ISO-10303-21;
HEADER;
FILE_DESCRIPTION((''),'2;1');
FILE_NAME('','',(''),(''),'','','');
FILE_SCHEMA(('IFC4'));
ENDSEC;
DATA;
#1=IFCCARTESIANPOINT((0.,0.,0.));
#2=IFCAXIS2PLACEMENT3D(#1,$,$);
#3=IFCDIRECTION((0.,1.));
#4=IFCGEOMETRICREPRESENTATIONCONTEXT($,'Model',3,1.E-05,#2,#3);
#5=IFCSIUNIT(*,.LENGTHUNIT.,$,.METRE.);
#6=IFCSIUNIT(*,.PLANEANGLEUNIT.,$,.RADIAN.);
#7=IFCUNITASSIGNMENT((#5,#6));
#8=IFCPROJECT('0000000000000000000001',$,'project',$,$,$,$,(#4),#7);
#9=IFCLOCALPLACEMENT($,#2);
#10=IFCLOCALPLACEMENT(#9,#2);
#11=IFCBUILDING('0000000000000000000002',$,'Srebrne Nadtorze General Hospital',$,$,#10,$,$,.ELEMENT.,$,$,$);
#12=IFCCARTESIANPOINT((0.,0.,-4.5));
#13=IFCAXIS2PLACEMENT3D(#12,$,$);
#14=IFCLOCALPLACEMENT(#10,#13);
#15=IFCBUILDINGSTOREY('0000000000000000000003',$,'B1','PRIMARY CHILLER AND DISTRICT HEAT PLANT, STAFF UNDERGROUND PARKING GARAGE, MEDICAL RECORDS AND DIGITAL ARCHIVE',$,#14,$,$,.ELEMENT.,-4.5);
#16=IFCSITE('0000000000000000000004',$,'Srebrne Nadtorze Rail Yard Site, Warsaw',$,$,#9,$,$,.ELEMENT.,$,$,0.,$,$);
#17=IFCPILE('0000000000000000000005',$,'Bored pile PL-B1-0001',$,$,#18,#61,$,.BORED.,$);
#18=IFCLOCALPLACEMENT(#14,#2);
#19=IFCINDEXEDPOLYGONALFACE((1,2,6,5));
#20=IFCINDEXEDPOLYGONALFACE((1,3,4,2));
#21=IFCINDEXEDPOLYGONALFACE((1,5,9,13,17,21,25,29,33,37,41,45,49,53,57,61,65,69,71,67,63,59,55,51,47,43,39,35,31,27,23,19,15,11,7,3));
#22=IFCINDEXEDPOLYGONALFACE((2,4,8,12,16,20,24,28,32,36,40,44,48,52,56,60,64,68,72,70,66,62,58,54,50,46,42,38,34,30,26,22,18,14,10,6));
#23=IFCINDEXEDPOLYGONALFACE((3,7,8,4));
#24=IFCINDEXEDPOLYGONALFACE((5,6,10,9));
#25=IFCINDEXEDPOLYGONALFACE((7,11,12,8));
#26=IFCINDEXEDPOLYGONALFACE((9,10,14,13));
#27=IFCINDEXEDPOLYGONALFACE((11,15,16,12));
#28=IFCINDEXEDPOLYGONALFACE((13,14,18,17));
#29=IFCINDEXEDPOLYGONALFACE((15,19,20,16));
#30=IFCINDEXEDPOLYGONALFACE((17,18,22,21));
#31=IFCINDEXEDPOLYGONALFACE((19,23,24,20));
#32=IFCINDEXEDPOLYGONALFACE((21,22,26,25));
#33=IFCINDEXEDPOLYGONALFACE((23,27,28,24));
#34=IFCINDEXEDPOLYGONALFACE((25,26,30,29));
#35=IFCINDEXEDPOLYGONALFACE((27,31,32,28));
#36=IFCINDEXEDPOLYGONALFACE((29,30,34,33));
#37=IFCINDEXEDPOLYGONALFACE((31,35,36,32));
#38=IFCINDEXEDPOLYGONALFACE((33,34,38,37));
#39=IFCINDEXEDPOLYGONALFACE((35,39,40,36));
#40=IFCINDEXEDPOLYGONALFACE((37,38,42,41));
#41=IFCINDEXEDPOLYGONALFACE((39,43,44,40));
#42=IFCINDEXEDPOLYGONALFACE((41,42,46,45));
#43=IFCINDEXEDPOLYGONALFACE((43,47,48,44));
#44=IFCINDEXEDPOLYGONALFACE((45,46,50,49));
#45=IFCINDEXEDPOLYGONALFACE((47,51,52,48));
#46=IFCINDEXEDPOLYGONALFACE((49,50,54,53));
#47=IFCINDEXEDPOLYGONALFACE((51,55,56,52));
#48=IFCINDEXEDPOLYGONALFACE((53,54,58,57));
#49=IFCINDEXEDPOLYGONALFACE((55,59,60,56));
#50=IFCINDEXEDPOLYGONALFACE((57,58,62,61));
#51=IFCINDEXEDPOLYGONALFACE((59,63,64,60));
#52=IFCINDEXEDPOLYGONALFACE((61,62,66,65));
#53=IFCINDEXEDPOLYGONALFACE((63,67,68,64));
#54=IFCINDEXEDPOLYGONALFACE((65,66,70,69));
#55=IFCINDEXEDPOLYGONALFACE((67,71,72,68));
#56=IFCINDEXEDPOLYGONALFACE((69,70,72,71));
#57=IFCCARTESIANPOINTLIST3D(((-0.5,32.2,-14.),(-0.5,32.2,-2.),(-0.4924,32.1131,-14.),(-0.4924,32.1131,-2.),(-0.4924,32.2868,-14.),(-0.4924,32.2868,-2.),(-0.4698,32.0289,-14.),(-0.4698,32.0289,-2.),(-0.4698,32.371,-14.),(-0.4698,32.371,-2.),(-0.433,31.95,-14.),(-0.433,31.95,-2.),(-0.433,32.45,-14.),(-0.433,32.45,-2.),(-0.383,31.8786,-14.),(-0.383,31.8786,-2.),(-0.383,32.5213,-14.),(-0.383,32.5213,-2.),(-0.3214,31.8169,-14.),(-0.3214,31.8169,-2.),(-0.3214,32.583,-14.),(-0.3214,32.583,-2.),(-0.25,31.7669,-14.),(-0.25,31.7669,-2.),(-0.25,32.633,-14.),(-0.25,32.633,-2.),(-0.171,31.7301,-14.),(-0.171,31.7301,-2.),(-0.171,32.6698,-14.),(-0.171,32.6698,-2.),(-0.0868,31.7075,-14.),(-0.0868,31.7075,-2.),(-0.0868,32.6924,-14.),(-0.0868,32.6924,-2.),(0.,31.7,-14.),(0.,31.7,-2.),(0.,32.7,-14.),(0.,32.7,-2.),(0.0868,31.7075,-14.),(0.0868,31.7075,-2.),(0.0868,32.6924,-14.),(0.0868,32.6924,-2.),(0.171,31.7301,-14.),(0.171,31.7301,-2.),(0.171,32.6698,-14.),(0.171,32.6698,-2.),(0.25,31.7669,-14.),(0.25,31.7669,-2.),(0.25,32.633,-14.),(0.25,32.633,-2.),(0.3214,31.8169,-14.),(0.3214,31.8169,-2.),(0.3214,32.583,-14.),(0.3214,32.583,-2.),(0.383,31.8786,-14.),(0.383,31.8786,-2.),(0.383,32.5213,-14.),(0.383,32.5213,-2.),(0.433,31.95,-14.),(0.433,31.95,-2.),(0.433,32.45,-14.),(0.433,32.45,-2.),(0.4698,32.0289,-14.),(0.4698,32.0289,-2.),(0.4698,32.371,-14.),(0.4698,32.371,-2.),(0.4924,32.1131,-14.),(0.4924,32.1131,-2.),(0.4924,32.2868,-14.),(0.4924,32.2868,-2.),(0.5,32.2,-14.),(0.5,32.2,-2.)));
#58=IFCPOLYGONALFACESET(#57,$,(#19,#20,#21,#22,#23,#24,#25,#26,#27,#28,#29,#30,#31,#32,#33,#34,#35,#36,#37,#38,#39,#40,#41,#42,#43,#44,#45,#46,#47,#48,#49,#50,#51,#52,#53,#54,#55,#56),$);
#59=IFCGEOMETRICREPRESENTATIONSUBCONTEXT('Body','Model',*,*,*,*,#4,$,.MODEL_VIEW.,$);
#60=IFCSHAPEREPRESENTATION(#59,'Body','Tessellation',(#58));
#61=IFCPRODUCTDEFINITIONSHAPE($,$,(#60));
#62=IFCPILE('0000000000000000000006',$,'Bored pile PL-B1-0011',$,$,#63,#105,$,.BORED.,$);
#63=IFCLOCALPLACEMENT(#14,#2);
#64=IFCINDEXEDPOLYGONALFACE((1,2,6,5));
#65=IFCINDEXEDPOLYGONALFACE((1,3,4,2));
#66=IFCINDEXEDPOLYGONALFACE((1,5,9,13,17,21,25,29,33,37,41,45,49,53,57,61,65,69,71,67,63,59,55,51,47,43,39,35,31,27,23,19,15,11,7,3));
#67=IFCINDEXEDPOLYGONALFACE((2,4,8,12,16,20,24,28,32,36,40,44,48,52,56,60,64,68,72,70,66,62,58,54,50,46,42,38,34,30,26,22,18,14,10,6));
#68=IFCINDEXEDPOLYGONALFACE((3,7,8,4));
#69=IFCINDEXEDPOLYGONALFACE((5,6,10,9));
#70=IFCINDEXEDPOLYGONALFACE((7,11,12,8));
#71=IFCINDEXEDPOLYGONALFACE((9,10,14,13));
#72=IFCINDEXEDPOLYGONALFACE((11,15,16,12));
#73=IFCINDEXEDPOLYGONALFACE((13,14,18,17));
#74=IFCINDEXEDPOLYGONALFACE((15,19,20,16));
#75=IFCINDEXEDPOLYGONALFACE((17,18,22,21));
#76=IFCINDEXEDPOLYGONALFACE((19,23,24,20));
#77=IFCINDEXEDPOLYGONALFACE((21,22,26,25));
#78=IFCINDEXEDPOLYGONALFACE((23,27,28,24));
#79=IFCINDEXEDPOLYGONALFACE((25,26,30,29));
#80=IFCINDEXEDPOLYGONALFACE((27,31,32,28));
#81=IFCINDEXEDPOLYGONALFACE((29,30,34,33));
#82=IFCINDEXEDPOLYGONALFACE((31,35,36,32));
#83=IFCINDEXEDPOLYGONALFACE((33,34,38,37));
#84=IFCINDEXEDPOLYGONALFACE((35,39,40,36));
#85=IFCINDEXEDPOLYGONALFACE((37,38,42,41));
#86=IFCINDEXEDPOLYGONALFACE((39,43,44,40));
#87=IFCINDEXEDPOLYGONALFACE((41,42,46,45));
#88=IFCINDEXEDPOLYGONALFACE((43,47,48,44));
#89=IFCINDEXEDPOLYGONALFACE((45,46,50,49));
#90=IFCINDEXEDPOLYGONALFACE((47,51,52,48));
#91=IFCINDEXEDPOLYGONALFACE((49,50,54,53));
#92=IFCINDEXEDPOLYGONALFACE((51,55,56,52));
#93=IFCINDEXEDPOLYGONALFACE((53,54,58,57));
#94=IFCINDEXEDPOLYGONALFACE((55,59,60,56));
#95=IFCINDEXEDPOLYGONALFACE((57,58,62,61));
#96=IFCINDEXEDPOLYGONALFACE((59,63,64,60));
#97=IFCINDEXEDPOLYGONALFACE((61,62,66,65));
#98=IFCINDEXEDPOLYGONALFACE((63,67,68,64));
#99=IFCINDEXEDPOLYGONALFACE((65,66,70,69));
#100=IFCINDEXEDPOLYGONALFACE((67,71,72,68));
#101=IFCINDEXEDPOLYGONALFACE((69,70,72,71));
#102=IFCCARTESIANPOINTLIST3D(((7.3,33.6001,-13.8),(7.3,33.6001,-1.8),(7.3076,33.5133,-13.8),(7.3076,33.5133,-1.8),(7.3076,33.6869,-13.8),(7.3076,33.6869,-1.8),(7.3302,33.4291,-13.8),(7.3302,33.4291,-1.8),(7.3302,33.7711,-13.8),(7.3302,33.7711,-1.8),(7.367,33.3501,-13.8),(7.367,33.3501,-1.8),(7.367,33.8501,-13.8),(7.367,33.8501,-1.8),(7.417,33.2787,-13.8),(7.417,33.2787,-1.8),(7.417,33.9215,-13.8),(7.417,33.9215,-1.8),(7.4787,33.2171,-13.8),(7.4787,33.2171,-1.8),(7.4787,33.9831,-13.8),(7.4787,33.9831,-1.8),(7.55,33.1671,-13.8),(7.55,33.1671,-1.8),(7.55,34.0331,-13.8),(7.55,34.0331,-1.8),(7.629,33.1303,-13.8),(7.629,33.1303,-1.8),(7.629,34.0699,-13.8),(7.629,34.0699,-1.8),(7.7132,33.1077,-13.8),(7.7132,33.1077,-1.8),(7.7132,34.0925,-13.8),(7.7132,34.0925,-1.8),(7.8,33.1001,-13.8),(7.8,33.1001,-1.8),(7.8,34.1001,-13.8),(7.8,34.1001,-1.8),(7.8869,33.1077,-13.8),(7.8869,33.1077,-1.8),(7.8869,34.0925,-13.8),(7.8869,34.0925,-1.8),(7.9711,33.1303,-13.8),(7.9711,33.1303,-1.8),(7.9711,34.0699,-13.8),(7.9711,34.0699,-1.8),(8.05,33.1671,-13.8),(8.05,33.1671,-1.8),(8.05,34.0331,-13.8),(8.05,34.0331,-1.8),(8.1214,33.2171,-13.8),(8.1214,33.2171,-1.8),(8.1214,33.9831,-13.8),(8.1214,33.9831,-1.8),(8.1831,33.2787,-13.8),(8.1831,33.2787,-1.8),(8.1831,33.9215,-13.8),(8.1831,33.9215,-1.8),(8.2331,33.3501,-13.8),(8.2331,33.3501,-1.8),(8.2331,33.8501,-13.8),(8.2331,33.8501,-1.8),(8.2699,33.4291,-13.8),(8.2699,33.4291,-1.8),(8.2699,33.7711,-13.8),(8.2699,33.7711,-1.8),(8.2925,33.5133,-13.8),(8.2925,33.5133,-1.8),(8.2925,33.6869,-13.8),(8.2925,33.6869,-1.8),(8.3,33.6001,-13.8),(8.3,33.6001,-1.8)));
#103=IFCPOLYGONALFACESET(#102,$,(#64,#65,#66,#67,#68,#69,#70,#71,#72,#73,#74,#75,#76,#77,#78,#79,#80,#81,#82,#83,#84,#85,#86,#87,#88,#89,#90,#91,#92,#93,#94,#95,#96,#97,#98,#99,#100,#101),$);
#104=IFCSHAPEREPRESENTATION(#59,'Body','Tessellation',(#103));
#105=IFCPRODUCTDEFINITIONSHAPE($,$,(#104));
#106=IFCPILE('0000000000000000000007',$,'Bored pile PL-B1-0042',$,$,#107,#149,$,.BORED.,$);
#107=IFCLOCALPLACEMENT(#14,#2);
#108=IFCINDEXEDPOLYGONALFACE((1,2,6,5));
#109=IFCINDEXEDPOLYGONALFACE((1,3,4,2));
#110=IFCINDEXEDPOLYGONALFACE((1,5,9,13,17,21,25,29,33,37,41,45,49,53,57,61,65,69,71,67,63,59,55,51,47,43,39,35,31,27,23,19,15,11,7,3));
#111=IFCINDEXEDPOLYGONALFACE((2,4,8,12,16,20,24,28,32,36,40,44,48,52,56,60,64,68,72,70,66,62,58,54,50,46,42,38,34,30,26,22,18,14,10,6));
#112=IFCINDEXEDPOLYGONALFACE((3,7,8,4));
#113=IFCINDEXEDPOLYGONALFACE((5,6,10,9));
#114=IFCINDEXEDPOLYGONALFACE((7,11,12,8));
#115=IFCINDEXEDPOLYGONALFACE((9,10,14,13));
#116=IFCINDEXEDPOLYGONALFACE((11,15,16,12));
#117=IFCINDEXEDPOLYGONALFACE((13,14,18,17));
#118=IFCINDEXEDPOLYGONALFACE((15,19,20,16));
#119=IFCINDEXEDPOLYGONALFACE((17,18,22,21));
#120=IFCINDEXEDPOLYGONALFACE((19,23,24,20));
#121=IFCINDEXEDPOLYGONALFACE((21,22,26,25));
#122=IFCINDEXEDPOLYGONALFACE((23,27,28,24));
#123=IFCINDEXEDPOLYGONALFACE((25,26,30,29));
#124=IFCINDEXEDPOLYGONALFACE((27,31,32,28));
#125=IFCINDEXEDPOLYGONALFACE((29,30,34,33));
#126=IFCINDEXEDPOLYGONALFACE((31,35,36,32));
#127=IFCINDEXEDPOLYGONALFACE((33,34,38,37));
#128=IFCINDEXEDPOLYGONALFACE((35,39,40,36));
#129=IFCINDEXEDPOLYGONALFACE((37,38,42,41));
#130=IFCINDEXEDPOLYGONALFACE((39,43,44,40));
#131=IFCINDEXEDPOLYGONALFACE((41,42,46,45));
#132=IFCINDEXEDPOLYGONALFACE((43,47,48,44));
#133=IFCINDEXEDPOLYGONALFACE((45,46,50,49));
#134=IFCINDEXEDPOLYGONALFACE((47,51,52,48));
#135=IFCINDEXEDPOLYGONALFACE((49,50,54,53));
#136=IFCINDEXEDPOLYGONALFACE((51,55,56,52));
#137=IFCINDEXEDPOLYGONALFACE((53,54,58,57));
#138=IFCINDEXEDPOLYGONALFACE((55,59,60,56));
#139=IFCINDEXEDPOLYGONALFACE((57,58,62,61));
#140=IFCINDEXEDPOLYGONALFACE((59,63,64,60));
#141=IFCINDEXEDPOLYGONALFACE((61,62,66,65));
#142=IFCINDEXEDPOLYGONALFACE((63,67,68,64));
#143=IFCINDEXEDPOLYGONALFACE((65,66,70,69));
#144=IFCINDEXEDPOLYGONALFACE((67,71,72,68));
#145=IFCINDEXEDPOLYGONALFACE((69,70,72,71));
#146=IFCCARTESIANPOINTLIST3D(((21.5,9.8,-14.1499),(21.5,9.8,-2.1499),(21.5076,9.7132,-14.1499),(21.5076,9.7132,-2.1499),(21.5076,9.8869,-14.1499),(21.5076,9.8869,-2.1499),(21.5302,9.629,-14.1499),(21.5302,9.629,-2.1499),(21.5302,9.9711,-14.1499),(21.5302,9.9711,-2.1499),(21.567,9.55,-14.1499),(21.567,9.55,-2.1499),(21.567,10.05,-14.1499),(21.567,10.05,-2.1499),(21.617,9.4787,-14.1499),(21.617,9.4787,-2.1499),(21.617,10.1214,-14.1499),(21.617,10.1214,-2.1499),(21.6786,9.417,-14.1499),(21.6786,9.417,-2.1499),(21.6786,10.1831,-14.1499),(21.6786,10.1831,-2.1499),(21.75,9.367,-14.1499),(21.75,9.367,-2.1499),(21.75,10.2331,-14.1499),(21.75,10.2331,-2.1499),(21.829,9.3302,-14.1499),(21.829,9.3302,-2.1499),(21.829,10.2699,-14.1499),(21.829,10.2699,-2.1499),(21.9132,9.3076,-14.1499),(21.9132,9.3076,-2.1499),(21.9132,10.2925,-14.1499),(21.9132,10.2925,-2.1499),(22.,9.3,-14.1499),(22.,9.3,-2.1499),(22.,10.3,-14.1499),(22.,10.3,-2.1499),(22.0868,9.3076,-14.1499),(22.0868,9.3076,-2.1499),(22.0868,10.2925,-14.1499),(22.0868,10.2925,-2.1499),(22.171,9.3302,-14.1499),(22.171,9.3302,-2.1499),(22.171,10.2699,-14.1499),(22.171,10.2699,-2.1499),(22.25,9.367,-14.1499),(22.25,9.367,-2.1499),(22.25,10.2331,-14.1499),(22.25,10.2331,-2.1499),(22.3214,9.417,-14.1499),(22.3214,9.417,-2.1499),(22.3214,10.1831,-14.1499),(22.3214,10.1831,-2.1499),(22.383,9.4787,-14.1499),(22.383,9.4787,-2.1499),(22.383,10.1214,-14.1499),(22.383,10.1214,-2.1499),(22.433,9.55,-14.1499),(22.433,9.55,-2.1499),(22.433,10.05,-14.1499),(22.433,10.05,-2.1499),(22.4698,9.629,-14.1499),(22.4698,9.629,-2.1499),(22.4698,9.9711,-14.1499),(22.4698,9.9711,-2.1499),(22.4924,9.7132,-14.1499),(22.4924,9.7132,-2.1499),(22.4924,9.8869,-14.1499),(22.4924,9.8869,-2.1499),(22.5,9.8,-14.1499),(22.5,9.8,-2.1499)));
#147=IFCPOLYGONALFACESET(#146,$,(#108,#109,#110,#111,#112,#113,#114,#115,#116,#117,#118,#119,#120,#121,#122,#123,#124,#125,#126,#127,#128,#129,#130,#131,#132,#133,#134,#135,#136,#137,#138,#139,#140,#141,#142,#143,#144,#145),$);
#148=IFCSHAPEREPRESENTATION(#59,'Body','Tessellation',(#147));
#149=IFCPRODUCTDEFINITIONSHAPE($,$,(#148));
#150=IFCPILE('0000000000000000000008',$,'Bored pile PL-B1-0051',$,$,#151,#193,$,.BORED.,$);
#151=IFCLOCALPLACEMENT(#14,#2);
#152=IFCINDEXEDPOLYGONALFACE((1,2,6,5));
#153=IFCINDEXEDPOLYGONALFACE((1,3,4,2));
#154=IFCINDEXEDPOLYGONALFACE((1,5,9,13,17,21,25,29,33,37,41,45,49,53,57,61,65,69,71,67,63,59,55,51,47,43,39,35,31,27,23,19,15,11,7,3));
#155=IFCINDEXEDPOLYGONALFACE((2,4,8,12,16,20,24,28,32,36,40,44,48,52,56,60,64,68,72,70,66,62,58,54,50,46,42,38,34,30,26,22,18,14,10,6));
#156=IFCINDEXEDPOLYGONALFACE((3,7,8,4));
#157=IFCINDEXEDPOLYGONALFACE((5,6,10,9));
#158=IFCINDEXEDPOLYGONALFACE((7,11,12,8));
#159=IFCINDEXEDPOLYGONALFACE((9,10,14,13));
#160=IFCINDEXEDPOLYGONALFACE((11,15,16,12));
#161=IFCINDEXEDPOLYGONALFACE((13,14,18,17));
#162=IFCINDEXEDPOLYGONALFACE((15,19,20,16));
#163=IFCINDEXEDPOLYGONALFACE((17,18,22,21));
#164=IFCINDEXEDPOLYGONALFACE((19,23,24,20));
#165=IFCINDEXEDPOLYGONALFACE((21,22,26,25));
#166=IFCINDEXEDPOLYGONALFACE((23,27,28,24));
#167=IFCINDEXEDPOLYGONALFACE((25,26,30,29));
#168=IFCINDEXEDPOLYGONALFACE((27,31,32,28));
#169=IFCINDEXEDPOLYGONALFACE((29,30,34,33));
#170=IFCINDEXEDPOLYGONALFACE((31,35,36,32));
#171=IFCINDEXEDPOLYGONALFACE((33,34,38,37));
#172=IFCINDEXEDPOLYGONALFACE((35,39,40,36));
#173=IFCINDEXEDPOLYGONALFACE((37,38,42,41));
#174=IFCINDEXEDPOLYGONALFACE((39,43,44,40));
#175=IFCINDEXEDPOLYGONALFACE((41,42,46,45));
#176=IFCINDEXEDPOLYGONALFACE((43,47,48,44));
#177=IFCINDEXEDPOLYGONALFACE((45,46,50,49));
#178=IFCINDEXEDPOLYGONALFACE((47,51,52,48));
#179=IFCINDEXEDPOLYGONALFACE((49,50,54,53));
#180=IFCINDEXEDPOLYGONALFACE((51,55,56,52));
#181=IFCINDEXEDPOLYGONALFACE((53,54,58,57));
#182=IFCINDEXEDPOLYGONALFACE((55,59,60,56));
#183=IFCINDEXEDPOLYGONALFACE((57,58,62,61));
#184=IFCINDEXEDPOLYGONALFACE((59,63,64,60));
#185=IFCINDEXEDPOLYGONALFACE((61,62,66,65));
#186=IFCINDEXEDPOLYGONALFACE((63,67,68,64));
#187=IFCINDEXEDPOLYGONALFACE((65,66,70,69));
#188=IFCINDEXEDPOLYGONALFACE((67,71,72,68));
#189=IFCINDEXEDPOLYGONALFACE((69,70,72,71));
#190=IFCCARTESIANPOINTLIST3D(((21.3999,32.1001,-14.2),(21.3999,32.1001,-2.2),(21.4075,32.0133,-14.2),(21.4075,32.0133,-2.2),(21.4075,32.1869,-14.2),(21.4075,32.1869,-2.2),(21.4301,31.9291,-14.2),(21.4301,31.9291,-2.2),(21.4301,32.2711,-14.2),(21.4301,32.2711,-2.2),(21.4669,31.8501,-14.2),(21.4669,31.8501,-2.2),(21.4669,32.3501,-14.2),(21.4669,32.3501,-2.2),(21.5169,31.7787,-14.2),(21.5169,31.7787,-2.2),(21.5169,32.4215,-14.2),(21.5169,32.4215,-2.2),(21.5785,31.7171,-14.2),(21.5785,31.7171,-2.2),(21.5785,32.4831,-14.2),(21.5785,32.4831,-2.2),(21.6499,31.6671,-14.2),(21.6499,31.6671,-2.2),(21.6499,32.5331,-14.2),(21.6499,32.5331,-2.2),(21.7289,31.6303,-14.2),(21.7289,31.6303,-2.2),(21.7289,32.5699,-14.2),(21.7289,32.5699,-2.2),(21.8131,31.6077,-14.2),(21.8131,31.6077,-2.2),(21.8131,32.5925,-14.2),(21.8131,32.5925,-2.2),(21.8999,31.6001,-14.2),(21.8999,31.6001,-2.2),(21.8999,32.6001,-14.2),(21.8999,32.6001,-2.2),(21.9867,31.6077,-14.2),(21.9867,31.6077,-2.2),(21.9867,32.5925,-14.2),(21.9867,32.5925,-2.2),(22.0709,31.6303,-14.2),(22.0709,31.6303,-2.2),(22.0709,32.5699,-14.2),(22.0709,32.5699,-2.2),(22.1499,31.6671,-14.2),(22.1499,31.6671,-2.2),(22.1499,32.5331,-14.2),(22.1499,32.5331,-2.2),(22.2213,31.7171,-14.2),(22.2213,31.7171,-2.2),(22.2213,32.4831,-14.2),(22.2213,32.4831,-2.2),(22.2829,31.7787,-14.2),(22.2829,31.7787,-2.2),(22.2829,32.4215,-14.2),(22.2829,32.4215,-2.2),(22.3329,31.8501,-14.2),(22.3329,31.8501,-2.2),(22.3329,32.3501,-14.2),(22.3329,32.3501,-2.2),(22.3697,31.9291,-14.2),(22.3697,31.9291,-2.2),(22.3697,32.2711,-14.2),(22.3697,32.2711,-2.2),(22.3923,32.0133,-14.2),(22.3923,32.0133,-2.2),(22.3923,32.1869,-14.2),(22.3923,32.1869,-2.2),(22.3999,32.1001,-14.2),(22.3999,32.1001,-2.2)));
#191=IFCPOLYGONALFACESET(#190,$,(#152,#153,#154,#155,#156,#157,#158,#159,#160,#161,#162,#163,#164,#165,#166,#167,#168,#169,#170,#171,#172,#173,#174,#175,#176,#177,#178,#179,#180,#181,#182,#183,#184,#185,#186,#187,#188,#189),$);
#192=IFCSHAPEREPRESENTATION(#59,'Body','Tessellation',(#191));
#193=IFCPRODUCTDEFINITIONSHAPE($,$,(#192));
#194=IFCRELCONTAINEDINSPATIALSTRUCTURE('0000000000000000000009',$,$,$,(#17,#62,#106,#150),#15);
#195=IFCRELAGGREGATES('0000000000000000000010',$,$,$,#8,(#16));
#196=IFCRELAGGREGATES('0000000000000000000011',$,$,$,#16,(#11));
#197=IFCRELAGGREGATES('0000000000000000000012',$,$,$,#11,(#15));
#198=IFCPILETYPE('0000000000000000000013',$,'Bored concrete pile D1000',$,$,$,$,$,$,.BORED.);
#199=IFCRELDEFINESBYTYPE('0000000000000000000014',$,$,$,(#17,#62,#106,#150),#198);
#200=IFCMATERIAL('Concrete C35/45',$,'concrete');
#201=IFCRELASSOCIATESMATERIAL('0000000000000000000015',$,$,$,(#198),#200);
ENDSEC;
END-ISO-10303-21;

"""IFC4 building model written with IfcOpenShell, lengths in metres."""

from ifc_helpers import new_model, si_unit, direction, frame, origin, origin_2d, place, context, subcontext, project, spatial, circle, extrude, material, material_profile, profile_set, type_object, element, save


model = new_model("IFC4")

# Units and contexts
model_context = context("Model", 3, precision=1e-05, world=origin(), true_north=direction((0.0, 1.0)))
body_context = subcontext(model_context, "Body", "Model", "MODEL_VIEW")
ifc_project = project(units=[si_unit("LENGTHUNIT", "METRE"), si_unit("PLANEANGLEUNIT", "RADIAN")], contexts=[model_context])

# Site, building, storey
site_placement = place(None, origin())
site = spatial("IfcSite", under=ifc_project, at=site_placement, Name="Srebrne Nadtorze Rail Yard Site, Warsaw", CompositionType="ELEMENT", RefElevation=0.0)
building_placement = place(site_placement, origin())
building = spatial("IfcBuilding", under=site, at=building_placement, Name="Srebrne Nadtorze General Hospital", CompositionType="ELEMENT")
storey_placement = place(building_placement, frame((0.0, 0.0, -4.5)))
storey = spatial("IfcBuildingStorey", under=building, at=storey_placement, Name="B1", Description="PRIMARY CHILLER AND DISTRICT HEAT PLANT, STAFF UNDERGROUND PARKING GARAGE, MEDICAL RECORDS AND DIGITAL ARCHIVE", CompositionType="ELEMENT", Elevation=-4.5)

# Piles
ifc_material_1 = material(Name="Concrete C35/45", Category="concrete")
ifc_material_profile_1 = material_profile(ifc_material_1, circle(Radius=0.5, at=origin_2d()), Name="PILE-D1000")
ifc_profile_set_1 = profile_set([ifc_material_profile_1], Name="Concrete C35/45")
pile_type_1 = type_object("IfcPileType", Name="Bored concrete pile D1000", PredefinedType="BORED", material=ifc_profile_set_1)
for number, where, z_axis, x_axis, name in (
    (1, (0.0, 32.2, -2.0), (0.0, 0.0, -1.0), (1.0, 0.0, 0.0), "Bored pile PL-B1-0001"),
    (2, (7.8, 33.6001, -1.8), (0.0, 0.0, -1.0), (1.0, 0.0, 0.0), "Bored pile PL-B1-0011"),
    (3, (22.0, 9.8, -2.1499), (0.0, 0.0, -1.0), (1.0, 0.0, 0.0), "Bored pile PL-B1-0042"),
    (4, (21.8999, 32.1001, -2.2), (0.0, 0.0, -1.0), (1.0, 0.0, 0.0), "Bored pile PL-B1-0051"),
):
    element("IfcPile", number, at=place(storey_placement, frame(where, z_axis=z_axis, x_axis=x_axis)), inside=storey, type_object=pile_type_1, Name=name, PredefinedType="BORED", context=body_context, shape_type="SweptSolid", body=[
        extrude(circle(Radius=0.5, at=origin_2d()), origin(), (0.0, 0.0, 1.0), 12.0),
    ])

save(model, "model.ifc")
